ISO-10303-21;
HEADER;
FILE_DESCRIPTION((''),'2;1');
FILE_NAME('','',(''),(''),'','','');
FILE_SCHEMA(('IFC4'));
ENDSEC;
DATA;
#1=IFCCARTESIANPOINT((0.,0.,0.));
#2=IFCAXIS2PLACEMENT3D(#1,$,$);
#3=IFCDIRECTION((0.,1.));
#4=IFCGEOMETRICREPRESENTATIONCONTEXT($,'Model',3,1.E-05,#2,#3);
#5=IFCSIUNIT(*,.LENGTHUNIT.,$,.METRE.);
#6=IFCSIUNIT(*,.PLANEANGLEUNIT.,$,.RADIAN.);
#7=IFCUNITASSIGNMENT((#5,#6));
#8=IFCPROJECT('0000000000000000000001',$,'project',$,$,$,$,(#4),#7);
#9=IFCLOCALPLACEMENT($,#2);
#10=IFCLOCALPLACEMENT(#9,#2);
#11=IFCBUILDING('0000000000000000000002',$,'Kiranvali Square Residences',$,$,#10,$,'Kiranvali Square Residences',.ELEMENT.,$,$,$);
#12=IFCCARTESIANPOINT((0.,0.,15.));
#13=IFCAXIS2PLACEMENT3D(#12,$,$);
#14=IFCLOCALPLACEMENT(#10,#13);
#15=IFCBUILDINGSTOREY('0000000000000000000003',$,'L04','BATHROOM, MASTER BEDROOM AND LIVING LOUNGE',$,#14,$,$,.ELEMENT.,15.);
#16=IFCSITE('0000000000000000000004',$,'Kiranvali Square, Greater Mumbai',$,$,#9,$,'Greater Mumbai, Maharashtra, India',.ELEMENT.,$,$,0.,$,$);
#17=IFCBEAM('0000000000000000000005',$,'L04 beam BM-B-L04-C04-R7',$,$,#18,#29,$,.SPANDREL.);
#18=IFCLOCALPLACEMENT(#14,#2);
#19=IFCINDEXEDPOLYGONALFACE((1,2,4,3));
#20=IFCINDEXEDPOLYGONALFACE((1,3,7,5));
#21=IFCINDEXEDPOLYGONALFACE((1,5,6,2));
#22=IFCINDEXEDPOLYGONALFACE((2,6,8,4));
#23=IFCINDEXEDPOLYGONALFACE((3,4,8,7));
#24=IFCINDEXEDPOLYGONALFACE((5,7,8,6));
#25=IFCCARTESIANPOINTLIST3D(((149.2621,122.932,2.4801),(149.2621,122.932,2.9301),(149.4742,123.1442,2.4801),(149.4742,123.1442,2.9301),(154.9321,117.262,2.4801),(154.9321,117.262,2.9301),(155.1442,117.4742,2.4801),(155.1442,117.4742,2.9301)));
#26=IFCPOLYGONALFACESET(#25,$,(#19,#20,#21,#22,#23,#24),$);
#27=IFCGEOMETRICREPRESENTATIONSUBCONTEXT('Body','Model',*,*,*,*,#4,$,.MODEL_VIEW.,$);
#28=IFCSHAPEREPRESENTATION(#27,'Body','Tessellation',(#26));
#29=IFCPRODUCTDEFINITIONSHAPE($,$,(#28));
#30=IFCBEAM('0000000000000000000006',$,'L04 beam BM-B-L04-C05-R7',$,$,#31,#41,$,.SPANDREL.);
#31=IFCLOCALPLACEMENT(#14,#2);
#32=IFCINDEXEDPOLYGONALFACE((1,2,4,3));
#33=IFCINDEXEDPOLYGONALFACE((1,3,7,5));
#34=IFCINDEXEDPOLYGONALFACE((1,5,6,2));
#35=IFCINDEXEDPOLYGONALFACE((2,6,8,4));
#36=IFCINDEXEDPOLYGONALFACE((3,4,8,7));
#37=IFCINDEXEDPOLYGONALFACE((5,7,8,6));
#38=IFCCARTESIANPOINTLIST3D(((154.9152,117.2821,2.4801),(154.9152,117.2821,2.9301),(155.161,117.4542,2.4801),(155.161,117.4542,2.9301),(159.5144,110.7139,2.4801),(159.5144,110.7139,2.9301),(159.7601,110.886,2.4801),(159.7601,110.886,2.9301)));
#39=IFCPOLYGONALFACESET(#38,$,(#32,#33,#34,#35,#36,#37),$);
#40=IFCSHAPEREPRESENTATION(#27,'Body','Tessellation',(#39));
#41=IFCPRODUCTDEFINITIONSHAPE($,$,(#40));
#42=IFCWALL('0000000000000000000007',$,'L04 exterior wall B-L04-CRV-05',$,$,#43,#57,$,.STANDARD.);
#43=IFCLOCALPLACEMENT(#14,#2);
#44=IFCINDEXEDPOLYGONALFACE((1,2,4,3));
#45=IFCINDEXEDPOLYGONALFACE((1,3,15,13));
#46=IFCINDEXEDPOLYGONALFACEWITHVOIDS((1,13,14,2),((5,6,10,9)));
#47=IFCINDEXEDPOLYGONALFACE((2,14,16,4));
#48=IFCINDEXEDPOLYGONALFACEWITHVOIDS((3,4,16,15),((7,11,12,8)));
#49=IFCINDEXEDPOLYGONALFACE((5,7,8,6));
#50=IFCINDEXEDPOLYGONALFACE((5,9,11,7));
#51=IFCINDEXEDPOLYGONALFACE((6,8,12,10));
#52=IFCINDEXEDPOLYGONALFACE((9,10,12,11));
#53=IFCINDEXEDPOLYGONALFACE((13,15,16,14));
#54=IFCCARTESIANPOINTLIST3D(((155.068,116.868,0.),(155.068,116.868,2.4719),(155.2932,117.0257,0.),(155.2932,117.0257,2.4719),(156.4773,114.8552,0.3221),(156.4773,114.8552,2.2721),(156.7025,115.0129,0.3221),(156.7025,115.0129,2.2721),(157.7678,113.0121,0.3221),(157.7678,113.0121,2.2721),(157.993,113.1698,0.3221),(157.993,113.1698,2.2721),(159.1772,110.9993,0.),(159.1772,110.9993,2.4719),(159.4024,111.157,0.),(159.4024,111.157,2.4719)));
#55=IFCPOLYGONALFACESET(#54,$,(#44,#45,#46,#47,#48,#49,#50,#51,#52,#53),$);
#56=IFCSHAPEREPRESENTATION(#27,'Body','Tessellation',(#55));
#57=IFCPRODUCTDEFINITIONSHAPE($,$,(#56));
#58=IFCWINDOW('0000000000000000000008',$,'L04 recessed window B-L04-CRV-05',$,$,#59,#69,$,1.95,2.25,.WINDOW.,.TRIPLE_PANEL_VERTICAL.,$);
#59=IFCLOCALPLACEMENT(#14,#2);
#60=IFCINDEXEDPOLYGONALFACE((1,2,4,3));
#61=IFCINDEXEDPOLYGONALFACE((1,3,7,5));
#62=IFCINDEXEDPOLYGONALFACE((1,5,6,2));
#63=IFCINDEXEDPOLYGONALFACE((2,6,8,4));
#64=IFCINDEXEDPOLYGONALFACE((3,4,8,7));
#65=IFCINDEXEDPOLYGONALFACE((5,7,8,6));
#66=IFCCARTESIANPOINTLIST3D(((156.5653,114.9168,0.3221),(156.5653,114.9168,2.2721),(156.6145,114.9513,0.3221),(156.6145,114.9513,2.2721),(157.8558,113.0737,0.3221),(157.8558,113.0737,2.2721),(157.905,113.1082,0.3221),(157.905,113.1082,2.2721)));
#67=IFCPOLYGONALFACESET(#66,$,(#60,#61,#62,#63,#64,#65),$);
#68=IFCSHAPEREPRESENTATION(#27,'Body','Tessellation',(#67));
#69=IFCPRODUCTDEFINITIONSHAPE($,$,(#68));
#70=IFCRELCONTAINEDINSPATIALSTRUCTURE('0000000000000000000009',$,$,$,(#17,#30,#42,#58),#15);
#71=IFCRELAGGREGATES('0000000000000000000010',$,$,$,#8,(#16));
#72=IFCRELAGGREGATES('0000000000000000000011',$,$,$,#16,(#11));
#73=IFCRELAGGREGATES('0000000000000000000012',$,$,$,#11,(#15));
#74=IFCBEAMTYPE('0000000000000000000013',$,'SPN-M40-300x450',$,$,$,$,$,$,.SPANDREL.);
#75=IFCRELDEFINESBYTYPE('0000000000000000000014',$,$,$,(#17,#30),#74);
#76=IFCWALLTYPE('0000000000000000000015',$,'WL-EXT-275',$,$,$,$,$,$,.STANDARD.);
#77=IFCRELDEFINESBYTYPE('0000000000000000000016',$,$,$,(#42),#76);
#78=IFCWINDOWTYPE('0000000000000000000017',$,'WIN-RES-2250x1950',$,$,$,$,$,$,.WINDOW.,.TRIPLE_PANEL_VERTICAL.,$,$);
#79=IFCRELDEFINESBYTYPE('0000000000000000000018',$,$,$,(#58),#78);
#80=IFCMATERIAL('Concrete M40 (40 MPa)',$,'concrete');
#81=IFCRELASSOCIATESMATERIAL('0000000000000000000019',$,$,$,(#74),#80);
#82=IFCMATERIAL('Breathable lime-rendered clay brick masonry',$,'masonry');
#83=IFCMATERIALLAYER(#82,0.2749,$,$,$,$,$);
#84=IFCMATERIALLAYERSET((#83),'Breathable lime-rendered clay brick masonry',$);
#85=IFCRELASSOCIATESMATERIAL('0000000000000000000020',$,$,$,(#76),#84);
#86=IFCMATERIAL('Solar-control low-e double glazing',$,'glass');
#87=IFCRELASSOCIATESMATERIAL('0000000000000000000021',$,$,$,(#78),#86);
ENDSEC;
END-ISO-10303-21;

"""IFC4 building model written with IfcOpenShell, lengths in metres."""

from ifc_helpers import new_model, si_unit, direction, frame, frame_2d, origin, origin_2d, place, context, subcontext, project, spatial, rectangle, extrude, material, layer, layer_set, material_profile, profile_set, type_object, element, fill, save


model = new_model("IFC4")

# Units and contexts
model_context = context("Model", 3, precision=1e-05, world=origin(), true_north=direction((0.0, 1.0)))
body_context = subcontext(model_context, "Body", "Model", "MODEL_VIEW")
ifc_project = project(units=[si_unit("LENGTHUNIT", "METRE"), si_unit("PLANEANGLEUNIT", "RADIAN")], contexts=[model_context])

# Site, building, storey
site_placement = place(None, origin())
site = spatial("IfcSite", under=ifc_project, at=site_placement, Name="Kiranvali Square, Greater Mumbai", LongName="Greater Mumbai, Maharashtra, India", CompositionType="ELEMENT", RefElevation=0.0)
building_placement = place(site_placement, origin())
building = spatial("IfcBuilding", under=site, at=building_placement, Name="Kiranvali Square Residences", LongName="Kiranvali Square Residences", CompositionType="ELEMENT")
storey_placement = place(building_placement, frame((0.0, 0.0, 15.0)))
storey = spatial("IfcBuildingStorey", under=building, at=storey_placement, Name="L04", Description="BATHROOM, MASTER BEDROOM AND LIVING LOUNGE", CompositionType="ELEMENT", Elevation=15.0)

# Beams
ifc_material_1 = material(Name="Concrete M40 (40 MPa)", Category="concrete")
ifc_material_profile_1 = material_profile(ifc_material_1, rectangle(XDim=0.3, YDim=0.45, at=origin_2d()), Name="RC 300x450")
ifc_profile_set_1 = profile_set([ifc_material_profile_1], Name="Concrete M40 (40 MPa)")
beam_type_1 = type_object("IfcBeamType", Name="SPN-M40-300x450", PredefinedType="SPANDREL", material=ifc_profile_set_1)
beam_1_placement = place(storey_placement, frame((149.3682, 123.0381, 2.7051), z_axis=(0.707107, -0.707107, 0.0), x_axis=(0.707107, 0.707107, 0.0)))
element("IfcBeam", 1, at=beam_1_placement, inside=storey, type_object=beam_type_1, Name="L04 beam BM-B-L04-C04-R7", PredefinedType="SPANDREL", context=body_context, shape_type="SweptSolid", body=[
    extrude(rectangle(XDim=0.3, YDim=0.45, at=origin_2d()), origin(), (0.0, 0.0, 1.0), 8.0186),
])
beam_2_placement = place(storey_placement, frame((155.0381, 117.3682, 2.7051), z_axis=(0.573583, -0.819148, 0.0), x_axis=(0.819148, 0.573583, 0.0)))
element("IfcBeam", 2, at=beam_2_placement, inside=storey, type_object=beam_type_1, Name="L04 beam BM-B-L04-C05-R7", PredefinedType="SPANDREL", context=body_context, shape_type="SweptSolid", body=[
    extrude(rectangle(XDim=0.3, YDim=0.45, at=origin_2d()), origin(), (0.0, 0.0, 1.0), 8.0183),
])

# Shared definitions
ifc_material_2 = material(Name="Breathable lime-rendered clay brick masonry", Category="masonry")
ifc_layer = layer(ifc_material_2, 0.2749)
ifc_layer_set = layer_set([ifc_layer], Name="Breathable lime-rendered clay brick masonry")
wall_type = type_object("IfcWallType", Name="WL-EXT-275", PredefinedType="STANDARD", material=ifc_layer_set)
ifc_material_3 = material(Name="Solar-control low-e double glazing", Category="glass")

# Wall, opening, window
wall_1_placement = place(storey_placement, frame((155.1807, 116.9468, 0.0), z_axis=(0.0, 0.0, 1.0), x_axis=(0.573563, -0.819161, 0.0)))
wall_1 = element("IfcWall", 3, at=wall_1_placement, inside=storey, type_object=wall_type, Name="L04 exterior wall B-L04-CRV-05", PredefinedType="STANDARD", context=body_context, shape_type="SweptSolid", body=[
    extrude(rectangle(XDim=7.1643, YDim=0.2749, at=frame_2d((3.582, 0.0))), origin(), (0.0, 0.0, 1.0), 2.4719),
])
opening_1_placement = place(wall_1_placement, frame((2.457, 0.0, 0.322)))
opening_1 = element("IfcOpeningElement", 4, at=opening_1_placement, cuts=wall_1, PredefinedType="OPENING", context=body_context, shape_type="SweptSolid", body=[
    extrude(rectangle(XDim=2.25, YDim=1.95, at=frame_2d((1.125, 0.9751))), frame((0.0, 0.1475, 0.0), z_axis=(0.0, -1.0, 0.0), x_axis=(1.0, 0.0, 0.0)), (0.0, 0.0, 1.0), 0.2949),
])
window_type_1 = type_object("IfcWindowType", Name="WIN-RES-2250x1950", PartitioningType="TRIPLE_PANEL_VERTICAL", PredefinedType="WINDOW", material=ifc_material_3)
window_1_placement = place(opening_1_placement, origin())
window_1 = element("IfcWindow", 5, at=window_1_placement, inside=storey, type_object=window_type_1, Name="L04 recessed window B-L04-CRV-05", OverallHeight=1.95, OverallWidth=2.25, PartitioningType="TRIPLE_PANEL_VERTICAL", PredefinedType="WINDOW", context=body_context, shape_type="SweptSolid", body=[
    extrude(rectangle(XDim=2.25, YDim=1.95, at=frame_2d((1.125, 0.9751))), frame((0.0, 0.03, 0.0), z_axis=(0.0, -1.0, 0.0), x_axis=(1.0, 0.0, 0.0)), (0.0, 0.0, 1.0), 0.0601),
])
fill(opening_1, window_1)

save(model, "model.ifc")
